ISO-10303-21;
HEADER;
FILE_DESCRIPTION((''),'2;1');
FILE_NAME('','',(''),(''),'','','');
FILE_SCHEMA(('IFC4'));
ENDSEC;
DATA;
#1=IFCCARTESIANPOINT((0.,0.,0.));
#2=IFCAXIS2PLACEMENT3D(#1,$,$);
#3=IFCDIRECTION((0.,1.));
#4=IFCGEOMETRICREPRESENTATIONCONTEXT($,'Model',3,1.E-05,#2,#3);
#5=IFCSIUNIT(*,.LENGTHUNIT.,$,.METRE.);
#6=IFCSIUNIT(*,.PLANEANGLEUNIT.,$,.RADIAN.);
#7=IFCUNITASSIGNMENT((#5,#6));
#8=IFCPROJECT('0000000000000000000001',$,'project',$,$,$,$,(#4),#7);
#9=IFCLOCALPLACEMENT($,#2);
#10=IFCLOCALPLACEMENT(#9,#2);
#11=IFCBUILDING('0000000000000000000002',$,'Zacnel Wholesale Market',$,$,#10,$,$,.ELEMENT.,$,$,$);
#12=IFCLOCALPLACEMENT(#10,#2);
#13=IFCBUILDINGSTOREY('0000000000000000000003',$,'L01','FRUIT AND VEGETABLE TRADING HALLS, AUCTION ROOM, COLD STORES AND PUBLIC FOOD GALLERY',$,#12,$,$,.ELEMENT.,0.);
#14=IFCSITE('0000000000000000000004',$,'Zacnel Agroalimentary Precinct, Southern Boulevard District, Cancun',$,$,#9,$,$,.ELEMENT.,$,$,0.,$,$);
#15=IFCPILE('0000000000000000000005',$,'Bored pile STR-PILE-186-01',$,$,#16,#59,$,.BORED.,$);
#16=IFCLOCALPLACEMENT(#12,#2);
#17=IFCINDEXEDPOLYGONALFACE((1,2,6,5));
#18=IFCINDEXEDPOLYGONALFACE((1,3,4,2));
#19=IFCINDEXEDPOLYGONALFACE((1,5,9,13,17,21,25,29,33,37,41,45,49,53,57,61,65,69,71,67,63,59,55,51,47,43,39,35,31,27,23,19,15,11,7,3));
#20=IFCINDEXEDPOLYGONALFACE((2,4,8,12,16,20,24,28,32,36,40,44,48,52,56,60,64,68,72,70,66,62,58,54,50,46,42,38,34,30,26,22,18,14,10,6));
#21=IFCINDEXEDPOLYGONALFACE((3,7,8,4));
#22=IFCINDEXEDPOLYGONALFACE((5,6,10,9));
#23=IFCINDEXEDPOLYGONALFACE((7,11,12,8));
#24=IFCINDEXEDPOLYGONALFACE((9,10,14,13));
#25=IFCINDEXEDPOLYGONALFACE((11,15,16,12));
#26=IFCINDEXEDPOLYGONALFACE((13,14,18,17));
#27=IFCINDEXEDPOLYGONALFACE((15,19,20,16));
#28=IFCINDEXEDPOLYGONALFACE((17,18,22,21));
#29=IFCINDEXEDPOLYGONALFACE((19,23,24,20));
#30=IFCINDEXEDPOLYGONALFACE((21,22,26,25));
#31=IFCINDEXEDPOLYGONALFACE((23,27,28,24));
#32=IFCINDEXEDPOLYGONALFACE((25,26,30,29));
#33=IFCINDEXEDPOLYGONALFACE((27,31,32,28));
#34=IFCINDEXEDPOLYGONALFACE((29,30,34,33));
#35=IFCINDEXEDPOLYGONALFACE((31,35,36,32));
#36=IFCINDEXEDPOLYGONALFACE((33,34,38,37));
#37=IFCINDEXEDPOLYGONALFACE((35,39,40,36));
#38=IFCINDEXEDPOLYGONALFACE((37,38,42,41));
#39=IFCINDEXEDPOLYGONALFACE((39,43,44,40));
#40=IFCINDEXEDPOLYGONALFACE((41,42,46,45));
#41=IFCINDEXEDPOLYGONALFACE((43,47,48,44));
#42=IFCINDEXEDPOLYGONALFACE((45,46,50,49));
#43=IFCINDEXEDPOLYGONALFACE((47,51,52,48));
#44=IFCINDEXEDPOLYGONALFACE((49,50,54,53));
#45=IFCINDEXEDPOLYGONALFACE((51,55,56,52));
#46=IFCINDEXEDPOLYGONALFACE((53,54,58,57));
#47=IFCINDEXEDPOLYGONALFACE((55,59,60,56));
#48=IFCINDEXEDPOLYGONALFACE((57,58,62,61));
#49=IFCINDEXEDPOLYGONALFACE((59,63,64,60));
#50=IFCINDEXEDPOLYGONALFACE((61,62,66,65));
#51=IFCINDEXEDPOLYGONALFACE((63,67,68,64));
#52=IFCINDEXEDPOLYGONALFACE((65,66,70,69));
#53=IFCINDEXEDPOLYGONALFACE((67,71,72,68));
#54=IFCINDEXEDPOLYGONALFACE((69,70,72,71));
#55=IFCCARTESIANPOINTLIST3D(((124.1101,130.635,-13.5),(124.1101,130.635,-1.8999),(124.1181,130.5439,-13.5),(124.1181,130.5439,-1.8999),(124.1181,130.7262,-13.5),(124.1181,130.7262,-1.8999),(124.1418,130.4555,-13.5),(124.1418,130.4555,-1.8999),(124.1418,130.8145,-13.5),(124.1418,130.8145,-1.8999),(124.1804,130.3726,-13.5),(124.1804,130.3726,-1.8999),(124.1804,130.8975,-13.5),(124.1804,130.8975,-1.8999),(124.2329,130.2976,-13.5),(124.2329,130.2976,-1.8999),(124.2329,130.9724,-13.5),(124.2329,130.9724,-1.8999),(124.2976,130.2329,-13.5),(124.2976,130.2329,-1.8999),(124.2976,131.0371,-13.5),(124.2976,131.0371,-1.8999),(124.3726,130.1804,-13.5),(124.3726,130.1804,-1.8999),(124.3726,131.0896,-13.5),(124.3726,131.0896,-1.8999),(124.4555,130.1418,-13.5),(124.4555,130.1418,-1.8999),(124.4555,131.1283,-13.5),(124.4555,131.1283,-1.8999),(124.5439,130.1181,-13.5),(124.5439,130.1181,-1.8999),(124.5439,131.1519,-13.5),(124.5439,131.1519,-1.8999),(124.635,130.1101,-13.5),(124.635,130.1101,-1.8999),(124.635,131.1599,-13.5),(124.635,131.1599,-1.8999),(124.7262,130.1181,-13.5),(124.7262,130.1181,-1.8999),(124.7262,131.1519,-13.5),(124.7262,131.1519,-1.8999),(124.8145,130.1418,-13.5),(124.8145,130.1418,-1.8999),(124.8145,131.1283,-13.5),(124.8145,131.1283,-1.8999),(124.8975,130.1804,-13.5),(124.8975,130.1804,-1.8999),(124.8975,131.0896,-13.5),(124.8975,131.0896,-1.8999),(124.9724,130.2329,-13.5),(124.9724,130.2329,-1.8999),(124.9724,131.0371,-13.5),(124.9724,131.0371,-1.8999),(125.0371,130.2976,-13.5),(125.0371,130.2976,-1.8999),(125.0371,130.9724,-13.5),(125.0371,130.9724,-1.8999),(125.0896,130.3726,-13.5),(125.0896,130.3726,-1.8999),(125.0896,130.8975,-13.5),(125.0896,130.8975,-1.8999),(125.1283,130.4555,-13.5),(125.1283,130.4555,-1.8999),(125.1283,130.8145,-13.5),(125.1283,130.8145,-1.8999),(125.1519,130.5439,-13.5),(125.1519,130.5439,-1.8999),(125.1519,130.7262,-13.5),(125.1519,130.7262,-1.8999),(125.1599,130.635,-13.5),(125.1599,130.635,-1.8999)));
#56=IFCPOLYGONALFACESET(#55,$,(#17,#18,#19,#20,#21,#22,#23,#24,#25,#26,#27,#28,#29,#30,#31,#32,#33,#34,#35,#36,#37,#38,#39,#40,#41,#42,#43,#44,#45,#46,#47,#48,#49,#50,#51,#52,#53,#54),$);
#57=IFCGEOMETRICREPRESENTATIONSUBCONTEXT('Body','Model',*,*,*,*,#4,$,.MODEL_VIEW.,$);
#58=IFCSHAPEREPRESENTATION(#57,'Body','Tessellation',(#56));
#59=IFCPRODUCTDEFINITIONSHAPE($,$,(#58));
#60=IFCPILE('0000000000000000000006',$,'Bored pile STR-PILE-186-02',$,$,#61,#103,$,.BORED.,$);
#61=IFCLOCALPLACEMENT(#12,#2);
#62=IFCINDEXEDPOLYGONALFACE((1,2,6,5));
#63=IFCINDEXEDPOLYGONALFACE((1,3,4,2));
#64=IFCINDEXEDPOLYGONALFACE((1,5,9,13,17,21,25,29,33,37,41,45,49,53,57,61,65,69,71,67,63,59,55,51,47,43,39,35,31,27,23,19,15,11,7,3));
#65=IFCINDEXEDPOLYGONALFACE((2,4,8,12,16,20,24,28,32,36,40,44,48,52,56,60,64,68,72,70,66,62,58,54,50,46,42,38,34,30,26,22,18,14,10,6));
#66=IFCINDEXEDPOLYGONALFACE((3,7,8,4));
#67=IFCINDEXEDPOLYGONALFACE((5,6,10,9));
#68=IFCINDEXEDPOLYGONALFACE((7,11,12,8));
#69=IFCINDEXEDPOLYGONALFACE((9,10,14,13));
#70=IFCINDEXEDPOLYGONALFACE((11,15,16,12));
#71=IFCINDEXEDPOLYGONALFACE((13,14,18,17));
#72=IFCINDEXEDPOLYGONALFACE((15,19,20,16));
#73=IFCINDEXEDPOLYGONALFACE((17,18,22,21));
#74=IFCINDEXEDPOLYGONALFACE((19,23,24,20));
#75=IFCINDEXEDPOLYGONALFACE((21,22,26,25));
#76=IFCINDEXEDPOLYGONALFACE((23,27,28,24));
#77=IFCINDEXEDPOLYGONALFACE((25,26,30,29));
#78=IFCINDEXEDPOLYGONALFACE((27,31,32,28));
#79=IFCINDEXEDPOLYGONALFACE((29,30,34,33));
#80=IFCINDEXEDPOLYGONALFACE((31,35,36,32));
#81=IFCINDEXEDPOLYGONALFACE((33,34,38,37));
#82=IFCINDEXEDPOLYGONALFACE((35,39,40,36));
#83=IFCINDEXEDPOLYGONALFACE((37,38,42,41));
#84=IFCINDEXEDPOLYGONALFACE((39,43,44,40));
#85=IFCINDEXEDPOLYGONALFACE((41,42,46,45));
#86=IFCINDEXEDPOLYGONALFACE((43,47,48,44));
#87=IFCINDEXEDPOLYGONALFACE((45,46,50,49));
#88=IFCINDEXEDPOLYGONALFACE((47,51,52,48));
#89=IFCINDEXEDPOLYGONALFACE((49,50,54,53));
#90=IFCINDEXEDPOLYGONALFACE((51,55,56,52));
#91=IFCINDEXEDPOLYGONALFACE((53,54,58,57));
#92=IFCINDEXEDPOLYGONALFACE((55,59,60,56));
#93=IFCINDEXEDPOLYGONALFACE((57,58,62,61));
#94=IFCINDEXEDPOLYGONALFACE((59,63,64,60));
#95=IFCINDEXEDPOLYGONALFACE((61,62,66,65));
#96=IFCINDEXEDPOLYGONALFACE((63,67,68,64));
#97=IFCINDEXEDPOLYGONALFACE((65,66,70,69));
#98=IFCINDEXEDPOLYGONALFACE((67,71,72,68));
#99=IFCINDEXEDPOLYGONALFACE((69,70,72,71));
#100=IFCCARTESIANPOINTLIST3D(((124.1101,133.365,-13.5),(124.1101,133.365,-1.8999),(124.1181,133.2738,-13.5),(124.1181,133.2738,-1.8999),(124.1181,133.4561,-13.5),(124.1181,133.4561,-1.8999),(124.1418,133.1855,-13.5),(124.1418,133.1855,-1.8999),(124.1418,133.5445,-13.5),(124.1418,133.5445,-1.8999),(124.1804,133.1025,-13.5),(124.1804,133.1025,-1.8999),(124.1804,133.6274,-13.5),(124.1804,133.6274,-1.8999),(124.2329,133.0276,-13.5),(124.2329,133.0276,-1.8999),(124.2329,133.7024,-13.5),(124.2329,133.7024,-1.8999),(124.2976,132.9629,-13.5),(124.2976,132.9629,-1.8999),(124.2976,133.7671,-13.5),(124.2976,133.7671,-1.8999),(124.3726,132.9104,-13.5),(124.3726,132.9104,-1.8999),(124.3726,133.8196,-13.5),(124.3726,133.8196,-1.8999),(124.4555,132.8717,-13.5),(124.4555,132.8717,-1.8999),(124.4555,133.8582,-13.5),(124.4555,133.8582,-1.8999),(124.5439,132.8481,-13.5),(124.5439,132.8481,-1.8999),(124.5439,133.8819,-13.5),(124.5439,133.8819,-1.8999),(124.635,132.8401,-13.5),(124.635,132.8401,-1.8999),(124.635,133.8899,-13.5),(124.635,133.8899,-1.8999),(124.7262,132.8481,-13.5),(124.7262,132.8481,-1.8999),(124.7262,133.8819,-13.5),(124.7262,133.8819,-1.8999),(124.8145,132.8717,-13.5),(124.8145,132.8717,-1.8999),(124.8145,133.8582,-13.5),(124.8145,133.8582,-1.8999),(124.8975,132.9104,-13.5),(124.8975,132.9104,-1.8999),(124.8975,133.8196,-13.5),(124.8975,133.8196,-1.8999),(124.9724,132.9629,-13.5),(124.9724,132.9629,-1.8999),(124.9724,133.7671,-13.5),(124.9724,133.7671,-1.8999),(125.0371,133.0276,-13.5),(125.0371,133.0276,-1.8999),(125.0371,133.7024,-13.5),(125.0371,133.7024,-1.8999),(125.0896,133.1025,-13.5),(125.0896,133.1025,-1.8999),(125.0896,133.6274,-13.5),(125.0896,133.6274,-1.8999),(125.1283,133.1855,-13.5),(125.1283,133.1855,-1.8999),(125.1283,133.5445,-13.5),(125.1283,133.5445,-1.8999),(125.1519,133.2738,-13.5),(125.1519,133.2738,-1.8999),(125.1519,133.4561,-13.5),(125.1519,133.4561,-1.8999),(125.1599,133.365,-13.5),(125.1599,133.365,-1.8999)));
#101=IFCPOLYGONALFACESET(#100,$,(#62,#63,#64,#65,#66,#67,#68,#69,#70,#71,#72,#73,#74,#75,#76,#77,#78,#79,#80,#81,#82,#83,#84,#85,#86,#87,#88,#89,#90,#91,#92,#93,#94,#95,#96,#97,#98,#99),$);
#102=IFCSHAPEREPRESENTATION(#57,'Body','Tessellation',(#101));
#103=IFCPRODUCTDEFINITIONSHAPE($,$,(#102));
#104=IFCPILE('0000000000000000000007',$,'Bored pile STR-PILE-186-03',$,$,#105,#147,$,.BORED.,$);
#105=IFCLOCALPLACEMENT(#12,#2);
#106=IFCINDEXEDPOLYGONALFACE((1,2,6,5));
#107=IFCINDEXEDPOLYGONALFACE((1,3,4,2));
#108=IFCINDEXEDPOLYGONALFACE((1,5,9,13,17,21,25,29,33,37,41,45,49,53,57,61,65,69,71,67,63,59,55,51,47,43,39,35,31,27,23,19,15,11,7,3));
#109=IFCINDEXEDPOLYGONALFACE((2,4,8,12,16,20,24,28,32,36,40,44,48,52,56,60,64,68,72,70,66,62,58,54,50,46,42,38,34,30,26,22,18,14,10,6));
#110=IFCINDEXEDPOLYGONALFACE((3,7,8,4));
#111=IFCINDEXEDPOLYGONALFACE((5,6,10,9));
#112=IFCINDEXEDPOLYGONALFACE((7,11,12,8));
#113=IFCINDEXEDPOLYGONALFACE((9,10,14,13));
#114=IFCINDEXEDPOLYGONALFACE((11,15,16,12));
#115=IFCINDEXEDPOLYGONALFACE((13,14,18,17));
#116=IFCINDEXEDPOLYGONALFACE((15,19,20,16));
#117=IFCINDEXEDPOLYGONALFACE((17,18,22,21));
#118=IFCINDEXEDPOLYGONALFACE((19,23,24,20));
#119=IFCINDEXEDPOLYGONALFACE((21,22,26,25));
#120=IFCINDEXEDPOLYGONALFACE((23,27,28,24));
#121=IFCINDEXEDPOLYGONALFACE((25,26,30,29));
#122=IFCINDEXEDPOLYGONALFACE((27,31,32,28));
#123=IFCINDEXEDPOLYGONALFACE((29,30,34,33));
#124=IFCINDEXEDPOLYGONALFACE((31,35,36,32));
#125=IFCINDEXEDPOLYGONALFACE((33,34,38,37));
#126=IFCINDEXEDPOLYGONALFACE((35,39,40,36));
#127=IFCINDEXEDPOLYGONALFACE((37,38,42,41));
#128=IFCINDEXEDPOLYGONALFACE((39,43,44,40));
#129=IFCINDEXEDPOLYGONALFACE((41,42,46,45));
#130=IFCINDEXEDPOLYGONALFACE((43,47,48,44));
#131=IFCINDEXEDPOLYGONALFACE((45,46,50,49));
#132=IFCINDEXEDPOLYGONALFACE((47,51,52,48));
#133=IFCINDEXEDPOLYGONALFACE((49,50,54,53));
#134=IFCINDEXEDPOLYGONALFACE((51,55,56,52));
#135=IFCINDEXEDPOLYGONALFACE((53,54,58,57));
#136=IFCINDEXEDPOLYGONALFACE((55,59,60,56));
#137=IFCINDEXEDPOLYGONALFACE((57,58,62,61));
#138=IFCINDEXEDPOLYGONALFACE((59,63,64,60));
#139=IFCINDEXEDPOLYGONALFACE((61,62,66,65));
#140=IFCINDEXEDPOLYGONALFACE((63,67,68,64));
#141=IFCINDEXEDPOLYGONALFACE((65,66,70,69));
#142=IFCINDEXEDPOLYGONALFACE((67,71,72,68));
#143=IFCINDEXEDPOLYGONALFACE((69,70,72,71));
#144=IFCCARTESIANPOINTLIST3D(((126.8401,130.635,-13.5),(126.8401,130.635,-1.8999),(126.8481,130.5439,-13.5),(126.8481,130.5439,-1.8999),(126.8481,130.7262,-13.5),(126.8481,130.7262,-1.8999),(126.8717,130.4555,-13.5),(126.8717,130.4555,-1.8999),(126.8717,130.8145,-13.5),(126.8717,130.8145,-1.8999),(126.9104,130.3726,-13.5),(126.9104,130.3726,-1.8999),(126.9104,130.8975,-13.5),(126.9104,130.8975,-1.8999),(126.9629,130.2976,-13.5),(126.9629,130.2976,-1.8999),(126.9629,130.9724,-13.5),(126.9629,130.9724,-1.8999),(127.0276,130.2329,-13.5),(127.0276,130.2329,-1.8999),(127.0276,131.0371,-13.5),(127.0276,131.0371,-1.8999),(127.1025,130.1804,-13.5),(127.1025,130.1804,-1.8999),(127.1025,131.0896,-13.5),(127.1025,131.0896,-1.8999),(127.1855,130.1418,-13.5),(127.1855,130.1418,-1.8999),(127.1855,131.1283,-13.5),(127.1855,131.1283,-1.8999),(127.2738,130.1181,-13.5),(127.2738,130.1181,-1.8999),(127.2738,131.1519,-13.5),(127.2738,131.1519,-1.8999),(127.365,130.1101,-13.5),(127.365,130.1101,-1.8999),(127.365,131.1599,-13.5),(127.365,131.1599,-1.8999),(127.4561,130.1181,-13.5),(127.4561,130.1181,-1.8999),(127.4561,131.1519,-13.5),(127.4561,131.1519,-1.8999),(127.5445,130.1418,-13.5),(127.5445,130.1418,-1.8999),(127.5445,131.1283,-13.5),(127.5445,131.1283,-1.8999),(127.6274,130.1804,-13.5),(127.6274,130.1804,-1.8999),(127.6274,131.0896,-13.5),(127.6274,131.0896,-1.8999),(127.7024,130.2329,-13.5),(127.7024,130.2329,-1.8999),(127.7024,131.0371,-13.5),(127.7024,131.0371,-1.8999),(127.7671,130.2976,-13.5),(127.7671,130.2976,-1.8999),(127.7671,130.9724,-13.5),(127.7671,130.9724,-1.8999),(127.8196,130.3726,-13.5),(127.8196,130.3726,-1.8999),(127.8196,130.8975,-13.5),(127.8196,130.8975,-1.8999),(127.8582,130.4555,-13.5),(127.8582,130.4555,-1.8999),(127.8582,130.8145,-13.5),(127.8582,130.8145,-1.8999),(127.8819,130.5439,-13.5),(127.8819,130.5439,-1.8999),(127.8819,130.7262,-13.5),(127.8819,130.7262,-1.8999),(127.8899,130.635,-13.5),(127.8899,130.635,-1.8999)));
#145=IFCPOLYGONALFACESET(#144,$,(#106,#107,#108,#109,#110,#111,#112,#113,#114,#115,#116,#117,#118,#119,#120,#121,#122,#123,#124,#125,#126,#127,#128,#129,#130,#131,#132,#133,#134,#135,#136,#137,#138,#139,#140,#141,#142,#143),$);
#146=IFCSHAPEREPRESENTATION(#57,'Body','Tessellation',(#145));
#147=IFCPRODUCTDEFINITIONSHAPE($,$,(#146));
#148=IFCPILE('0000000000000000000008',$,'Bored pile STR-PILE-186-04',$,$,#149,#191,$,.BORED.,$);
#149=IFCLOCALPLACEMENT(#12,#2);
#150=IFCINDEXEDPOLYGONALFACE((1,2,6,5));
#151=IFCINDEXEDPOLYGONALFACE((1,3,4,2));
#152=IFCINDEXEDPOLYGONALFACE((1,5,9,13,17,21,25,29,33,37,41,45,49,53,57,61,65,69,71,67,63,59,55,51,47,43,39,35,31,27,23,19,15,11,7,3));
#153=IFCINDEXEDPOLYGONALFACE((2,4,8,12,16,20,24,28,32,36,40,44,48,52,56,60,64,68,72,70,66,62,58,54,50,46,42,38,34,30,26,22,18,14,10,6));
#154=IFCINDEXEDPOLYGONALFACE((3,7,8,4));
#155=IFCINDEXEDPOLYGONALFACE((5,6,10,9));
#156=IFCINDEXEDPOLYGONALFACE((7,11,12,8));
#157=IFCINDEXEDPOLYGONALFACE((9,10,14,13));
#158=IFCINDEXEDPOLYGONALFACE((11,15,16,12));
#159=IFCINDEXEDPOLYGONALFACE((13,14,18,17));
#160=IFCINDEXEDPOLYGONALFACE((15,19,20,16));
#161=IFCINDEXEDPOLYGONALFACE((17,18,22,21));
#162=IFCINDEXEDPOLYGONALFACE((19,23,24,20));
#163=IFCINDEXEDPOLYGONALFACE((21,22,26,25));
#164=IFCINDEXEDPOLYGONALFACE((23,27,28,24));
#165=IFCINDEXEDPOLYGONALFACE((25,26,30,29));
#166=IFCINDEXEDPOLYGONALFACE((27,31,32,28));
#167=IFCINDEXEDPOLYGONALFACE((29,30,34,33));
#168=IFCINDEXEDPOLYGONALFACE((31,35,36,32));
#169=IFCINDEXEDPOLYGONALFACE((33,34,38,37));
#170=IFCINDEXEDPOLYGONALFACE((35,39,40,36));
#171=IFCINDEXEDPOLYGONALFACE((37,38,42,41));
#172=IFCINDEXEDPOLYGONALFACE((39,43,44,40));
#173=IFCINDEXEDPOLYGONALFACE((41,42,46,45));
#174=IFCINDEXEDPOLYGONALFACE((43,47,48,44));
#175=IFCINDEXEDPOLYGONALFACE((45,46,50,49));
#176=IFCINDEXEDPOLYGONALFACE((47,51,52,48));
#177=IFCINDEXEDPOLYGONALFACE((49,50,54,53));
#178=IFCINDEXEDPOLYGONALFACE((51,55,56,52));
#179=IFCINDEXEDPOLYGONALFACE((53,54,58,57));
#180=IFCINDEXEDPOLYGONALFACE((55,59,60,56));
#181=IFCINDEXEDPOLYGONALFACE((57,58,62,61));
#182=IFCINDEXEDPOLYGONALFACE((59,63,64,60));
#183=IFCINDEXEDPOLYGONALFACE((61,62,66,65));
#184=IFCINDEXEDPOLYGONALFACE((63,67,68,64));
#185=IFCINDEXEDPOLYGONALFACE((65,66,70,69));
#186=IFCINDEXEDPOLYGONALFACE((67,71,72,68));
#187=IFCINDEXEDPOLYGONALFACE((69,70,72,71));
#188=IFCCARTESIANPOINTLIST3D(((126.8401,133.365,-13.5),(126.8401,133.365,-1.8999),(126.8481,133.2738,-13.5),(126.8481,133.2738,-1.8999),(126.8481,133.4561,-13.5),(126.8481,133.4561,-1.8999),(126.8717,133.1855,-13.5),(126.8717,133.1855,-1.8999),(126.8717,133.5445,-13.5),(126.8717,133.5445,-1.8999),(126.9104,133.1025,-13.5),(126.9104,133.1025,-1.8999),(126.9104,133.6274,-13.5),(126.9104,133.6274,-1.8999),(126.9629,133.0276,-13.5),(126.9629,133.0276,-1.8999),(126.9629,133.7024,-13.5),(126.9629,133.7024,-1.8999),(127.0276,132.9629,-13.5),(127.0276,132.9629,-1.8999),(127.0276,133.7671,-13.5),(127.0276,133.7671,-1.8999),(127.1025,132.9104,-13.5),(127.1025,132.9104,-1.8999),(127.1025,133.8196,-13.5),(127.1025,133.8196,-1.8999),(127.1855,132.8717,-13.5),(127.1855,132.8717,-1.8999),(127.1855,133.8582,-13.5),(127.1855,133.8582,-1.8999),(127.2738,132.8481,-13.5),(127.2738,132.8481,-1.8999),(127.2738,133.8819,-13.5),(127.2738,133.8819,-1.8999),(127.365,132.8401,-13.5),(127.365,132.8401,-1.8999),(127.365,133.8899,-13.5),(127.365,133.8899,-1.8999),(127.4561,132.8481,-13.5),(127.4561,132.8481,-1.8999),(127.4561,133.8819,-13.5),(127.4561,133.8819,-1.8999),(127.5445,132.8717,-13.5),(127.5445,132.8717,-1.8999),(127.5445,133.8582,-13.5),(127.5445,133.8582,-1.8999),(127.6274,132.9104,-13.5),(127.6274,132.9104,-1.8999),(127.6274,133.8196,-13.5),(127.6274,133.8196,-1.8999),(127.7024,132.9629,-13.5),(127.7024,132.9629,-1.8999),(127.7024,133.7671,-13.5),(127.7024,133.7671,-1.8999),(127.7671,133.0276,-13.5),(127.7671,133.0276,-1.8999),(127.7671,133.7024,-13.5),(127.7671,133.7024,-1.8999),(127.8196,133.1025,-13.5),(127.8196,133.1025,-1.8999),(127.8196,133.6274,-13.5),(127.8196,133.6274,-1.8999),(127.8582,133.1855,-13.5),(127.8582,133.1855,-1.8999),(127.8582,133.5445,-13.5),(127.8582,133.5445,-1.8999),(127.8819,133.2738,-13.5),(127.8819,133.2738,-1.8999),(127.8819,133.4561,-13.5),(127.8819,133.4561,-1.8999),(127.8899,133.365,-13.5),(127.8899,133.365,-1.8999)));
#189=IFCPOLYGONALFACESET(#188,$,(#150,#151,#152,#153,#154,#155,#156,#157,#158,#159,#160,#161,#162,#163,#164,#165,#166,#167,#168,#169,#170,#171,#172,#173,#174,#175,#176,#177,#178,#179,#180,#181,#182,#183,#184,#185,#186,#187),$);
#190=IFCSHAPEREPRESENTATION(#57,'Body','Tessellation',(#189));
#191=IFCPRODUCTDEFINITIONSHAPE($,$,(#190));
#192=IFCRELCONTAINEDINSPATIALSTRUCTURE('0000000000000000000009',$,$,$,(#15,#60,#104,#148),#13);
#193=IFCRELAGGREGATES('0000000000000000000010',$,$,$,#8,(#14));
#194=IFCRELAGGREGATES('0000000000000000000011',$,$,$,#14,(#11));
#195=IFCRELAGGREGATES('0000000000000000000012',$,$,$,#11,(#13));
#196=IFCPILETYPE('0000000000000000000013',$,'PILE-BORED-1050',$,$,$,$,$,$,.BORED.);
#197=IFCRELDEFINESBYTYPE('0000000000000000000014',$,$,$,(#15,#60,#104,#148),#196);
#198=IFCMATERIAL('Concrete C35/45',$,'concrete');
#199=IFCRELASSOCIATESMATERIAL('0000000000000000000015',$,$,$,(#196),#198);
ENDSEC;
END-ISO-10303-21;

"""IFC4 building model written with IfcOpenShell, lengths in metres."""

from ifc_helpers import new_model, si_unit, direction, frame, origin, origin_2d, place, context, subcontext, project, spatial, circle, extrude, material, material_profile, profile_set, type_object, element, save


model = new_model("IFC4")

# Units and contexts
model_context = context("Model", 3, precision=1e-05, world=origin(), true_north=direction((0.0, 1.0)))
body_context = subcontext(model_context, "Body", "Model", "MODEL_VIEW")
ifc_project = project(units=[si_unit("LENGTHUNIT", "METRE"), si_unit("PLANEANGLEUNIT", "RADIAN")], contexts=[model_context])

# Site, building, storey
site_placement = place(None, origin())
site = spatial("IfcSite", under=ifc_project, at=site_placement, Name="Zacnel Agroalimentary Precinct, Southern Boulevard District, Cancun", CompositionType="ELEMENT", RefElevation=0.0)
building_placement = place(site_placement, origin())
building = spatial("IfcBuilding", under=site, at=building_placement, Name="Zacnel Wholesale Market", CompositionType="ELEMENT")
storey_placement = place(building_placement, origin())
storey = spatial("IfcBuildingStorey", under=building, at=storey_placement, Name="L01", Description="FRUIT AND VEGETABLE TRADING HALLS, AUCTION ROOM, COLD STORES AND PUBLIC FOOD GALLERY", CompositionType="ELEMENT", Elevation=0.0)

# Piles
ifc_material_1 = material(Name="Concrete C35/45", Category="concrete")
ifc_material_profile_1 = material_profile(ifc_material_1, circle(Radius=0.5249, at=origin_2d()), Name="BORED PILE D1050")
ifc_profile_set_1 = profile_set([ifc_material_profile_1], Name="Concrete C35/45")
pile_type = type_object("IfcPileType", Name="PILE-BORED-1050", PredefinedType="BORED", material=ifc_profile_set_1)
for number, where, z_axis, x_axis, name in (
    (1, (124.635, 130.635, -1.8999), (0.0, 0.0, -1.0), (1.0, 0.0, 0.0), "Bored pile STR-PILE-186-01"),
    (2, (124.635, 133.365, -1.8999), (0.0, 0.0, -1.0), (1.0, 0.0, 0.0), "Bored pile STR-PILE-186-02"),
    (3, (127.365, 130.635, -1.8999), (0.0, 0.0, -1.0), (1.0, 0.0, 0.0), "Bored pile STR-PILE-186-03"),
    (4, (127.365, 133.365, -1.8999), (0.0, 0.0, -1.0), (1.0, 0.0, 0.0), "Bored pile STR-PILE-186-04"),
):
    element("IfcPile", number, at=place(storey_placement, frame(where, z_axis=z_axis, x_axis=x_axis)), inside=storey, type_object=pile_type, Name=name, PredefinedType="BORED", context=body_context, shape_type="SweptSolid", body=[
        extrude(circle(Radius=0.5249, at=origin_2d()), origin(), (0.0, 0.0, 1.0), 11.6001),
    ])

save(model, "model.ifc")
